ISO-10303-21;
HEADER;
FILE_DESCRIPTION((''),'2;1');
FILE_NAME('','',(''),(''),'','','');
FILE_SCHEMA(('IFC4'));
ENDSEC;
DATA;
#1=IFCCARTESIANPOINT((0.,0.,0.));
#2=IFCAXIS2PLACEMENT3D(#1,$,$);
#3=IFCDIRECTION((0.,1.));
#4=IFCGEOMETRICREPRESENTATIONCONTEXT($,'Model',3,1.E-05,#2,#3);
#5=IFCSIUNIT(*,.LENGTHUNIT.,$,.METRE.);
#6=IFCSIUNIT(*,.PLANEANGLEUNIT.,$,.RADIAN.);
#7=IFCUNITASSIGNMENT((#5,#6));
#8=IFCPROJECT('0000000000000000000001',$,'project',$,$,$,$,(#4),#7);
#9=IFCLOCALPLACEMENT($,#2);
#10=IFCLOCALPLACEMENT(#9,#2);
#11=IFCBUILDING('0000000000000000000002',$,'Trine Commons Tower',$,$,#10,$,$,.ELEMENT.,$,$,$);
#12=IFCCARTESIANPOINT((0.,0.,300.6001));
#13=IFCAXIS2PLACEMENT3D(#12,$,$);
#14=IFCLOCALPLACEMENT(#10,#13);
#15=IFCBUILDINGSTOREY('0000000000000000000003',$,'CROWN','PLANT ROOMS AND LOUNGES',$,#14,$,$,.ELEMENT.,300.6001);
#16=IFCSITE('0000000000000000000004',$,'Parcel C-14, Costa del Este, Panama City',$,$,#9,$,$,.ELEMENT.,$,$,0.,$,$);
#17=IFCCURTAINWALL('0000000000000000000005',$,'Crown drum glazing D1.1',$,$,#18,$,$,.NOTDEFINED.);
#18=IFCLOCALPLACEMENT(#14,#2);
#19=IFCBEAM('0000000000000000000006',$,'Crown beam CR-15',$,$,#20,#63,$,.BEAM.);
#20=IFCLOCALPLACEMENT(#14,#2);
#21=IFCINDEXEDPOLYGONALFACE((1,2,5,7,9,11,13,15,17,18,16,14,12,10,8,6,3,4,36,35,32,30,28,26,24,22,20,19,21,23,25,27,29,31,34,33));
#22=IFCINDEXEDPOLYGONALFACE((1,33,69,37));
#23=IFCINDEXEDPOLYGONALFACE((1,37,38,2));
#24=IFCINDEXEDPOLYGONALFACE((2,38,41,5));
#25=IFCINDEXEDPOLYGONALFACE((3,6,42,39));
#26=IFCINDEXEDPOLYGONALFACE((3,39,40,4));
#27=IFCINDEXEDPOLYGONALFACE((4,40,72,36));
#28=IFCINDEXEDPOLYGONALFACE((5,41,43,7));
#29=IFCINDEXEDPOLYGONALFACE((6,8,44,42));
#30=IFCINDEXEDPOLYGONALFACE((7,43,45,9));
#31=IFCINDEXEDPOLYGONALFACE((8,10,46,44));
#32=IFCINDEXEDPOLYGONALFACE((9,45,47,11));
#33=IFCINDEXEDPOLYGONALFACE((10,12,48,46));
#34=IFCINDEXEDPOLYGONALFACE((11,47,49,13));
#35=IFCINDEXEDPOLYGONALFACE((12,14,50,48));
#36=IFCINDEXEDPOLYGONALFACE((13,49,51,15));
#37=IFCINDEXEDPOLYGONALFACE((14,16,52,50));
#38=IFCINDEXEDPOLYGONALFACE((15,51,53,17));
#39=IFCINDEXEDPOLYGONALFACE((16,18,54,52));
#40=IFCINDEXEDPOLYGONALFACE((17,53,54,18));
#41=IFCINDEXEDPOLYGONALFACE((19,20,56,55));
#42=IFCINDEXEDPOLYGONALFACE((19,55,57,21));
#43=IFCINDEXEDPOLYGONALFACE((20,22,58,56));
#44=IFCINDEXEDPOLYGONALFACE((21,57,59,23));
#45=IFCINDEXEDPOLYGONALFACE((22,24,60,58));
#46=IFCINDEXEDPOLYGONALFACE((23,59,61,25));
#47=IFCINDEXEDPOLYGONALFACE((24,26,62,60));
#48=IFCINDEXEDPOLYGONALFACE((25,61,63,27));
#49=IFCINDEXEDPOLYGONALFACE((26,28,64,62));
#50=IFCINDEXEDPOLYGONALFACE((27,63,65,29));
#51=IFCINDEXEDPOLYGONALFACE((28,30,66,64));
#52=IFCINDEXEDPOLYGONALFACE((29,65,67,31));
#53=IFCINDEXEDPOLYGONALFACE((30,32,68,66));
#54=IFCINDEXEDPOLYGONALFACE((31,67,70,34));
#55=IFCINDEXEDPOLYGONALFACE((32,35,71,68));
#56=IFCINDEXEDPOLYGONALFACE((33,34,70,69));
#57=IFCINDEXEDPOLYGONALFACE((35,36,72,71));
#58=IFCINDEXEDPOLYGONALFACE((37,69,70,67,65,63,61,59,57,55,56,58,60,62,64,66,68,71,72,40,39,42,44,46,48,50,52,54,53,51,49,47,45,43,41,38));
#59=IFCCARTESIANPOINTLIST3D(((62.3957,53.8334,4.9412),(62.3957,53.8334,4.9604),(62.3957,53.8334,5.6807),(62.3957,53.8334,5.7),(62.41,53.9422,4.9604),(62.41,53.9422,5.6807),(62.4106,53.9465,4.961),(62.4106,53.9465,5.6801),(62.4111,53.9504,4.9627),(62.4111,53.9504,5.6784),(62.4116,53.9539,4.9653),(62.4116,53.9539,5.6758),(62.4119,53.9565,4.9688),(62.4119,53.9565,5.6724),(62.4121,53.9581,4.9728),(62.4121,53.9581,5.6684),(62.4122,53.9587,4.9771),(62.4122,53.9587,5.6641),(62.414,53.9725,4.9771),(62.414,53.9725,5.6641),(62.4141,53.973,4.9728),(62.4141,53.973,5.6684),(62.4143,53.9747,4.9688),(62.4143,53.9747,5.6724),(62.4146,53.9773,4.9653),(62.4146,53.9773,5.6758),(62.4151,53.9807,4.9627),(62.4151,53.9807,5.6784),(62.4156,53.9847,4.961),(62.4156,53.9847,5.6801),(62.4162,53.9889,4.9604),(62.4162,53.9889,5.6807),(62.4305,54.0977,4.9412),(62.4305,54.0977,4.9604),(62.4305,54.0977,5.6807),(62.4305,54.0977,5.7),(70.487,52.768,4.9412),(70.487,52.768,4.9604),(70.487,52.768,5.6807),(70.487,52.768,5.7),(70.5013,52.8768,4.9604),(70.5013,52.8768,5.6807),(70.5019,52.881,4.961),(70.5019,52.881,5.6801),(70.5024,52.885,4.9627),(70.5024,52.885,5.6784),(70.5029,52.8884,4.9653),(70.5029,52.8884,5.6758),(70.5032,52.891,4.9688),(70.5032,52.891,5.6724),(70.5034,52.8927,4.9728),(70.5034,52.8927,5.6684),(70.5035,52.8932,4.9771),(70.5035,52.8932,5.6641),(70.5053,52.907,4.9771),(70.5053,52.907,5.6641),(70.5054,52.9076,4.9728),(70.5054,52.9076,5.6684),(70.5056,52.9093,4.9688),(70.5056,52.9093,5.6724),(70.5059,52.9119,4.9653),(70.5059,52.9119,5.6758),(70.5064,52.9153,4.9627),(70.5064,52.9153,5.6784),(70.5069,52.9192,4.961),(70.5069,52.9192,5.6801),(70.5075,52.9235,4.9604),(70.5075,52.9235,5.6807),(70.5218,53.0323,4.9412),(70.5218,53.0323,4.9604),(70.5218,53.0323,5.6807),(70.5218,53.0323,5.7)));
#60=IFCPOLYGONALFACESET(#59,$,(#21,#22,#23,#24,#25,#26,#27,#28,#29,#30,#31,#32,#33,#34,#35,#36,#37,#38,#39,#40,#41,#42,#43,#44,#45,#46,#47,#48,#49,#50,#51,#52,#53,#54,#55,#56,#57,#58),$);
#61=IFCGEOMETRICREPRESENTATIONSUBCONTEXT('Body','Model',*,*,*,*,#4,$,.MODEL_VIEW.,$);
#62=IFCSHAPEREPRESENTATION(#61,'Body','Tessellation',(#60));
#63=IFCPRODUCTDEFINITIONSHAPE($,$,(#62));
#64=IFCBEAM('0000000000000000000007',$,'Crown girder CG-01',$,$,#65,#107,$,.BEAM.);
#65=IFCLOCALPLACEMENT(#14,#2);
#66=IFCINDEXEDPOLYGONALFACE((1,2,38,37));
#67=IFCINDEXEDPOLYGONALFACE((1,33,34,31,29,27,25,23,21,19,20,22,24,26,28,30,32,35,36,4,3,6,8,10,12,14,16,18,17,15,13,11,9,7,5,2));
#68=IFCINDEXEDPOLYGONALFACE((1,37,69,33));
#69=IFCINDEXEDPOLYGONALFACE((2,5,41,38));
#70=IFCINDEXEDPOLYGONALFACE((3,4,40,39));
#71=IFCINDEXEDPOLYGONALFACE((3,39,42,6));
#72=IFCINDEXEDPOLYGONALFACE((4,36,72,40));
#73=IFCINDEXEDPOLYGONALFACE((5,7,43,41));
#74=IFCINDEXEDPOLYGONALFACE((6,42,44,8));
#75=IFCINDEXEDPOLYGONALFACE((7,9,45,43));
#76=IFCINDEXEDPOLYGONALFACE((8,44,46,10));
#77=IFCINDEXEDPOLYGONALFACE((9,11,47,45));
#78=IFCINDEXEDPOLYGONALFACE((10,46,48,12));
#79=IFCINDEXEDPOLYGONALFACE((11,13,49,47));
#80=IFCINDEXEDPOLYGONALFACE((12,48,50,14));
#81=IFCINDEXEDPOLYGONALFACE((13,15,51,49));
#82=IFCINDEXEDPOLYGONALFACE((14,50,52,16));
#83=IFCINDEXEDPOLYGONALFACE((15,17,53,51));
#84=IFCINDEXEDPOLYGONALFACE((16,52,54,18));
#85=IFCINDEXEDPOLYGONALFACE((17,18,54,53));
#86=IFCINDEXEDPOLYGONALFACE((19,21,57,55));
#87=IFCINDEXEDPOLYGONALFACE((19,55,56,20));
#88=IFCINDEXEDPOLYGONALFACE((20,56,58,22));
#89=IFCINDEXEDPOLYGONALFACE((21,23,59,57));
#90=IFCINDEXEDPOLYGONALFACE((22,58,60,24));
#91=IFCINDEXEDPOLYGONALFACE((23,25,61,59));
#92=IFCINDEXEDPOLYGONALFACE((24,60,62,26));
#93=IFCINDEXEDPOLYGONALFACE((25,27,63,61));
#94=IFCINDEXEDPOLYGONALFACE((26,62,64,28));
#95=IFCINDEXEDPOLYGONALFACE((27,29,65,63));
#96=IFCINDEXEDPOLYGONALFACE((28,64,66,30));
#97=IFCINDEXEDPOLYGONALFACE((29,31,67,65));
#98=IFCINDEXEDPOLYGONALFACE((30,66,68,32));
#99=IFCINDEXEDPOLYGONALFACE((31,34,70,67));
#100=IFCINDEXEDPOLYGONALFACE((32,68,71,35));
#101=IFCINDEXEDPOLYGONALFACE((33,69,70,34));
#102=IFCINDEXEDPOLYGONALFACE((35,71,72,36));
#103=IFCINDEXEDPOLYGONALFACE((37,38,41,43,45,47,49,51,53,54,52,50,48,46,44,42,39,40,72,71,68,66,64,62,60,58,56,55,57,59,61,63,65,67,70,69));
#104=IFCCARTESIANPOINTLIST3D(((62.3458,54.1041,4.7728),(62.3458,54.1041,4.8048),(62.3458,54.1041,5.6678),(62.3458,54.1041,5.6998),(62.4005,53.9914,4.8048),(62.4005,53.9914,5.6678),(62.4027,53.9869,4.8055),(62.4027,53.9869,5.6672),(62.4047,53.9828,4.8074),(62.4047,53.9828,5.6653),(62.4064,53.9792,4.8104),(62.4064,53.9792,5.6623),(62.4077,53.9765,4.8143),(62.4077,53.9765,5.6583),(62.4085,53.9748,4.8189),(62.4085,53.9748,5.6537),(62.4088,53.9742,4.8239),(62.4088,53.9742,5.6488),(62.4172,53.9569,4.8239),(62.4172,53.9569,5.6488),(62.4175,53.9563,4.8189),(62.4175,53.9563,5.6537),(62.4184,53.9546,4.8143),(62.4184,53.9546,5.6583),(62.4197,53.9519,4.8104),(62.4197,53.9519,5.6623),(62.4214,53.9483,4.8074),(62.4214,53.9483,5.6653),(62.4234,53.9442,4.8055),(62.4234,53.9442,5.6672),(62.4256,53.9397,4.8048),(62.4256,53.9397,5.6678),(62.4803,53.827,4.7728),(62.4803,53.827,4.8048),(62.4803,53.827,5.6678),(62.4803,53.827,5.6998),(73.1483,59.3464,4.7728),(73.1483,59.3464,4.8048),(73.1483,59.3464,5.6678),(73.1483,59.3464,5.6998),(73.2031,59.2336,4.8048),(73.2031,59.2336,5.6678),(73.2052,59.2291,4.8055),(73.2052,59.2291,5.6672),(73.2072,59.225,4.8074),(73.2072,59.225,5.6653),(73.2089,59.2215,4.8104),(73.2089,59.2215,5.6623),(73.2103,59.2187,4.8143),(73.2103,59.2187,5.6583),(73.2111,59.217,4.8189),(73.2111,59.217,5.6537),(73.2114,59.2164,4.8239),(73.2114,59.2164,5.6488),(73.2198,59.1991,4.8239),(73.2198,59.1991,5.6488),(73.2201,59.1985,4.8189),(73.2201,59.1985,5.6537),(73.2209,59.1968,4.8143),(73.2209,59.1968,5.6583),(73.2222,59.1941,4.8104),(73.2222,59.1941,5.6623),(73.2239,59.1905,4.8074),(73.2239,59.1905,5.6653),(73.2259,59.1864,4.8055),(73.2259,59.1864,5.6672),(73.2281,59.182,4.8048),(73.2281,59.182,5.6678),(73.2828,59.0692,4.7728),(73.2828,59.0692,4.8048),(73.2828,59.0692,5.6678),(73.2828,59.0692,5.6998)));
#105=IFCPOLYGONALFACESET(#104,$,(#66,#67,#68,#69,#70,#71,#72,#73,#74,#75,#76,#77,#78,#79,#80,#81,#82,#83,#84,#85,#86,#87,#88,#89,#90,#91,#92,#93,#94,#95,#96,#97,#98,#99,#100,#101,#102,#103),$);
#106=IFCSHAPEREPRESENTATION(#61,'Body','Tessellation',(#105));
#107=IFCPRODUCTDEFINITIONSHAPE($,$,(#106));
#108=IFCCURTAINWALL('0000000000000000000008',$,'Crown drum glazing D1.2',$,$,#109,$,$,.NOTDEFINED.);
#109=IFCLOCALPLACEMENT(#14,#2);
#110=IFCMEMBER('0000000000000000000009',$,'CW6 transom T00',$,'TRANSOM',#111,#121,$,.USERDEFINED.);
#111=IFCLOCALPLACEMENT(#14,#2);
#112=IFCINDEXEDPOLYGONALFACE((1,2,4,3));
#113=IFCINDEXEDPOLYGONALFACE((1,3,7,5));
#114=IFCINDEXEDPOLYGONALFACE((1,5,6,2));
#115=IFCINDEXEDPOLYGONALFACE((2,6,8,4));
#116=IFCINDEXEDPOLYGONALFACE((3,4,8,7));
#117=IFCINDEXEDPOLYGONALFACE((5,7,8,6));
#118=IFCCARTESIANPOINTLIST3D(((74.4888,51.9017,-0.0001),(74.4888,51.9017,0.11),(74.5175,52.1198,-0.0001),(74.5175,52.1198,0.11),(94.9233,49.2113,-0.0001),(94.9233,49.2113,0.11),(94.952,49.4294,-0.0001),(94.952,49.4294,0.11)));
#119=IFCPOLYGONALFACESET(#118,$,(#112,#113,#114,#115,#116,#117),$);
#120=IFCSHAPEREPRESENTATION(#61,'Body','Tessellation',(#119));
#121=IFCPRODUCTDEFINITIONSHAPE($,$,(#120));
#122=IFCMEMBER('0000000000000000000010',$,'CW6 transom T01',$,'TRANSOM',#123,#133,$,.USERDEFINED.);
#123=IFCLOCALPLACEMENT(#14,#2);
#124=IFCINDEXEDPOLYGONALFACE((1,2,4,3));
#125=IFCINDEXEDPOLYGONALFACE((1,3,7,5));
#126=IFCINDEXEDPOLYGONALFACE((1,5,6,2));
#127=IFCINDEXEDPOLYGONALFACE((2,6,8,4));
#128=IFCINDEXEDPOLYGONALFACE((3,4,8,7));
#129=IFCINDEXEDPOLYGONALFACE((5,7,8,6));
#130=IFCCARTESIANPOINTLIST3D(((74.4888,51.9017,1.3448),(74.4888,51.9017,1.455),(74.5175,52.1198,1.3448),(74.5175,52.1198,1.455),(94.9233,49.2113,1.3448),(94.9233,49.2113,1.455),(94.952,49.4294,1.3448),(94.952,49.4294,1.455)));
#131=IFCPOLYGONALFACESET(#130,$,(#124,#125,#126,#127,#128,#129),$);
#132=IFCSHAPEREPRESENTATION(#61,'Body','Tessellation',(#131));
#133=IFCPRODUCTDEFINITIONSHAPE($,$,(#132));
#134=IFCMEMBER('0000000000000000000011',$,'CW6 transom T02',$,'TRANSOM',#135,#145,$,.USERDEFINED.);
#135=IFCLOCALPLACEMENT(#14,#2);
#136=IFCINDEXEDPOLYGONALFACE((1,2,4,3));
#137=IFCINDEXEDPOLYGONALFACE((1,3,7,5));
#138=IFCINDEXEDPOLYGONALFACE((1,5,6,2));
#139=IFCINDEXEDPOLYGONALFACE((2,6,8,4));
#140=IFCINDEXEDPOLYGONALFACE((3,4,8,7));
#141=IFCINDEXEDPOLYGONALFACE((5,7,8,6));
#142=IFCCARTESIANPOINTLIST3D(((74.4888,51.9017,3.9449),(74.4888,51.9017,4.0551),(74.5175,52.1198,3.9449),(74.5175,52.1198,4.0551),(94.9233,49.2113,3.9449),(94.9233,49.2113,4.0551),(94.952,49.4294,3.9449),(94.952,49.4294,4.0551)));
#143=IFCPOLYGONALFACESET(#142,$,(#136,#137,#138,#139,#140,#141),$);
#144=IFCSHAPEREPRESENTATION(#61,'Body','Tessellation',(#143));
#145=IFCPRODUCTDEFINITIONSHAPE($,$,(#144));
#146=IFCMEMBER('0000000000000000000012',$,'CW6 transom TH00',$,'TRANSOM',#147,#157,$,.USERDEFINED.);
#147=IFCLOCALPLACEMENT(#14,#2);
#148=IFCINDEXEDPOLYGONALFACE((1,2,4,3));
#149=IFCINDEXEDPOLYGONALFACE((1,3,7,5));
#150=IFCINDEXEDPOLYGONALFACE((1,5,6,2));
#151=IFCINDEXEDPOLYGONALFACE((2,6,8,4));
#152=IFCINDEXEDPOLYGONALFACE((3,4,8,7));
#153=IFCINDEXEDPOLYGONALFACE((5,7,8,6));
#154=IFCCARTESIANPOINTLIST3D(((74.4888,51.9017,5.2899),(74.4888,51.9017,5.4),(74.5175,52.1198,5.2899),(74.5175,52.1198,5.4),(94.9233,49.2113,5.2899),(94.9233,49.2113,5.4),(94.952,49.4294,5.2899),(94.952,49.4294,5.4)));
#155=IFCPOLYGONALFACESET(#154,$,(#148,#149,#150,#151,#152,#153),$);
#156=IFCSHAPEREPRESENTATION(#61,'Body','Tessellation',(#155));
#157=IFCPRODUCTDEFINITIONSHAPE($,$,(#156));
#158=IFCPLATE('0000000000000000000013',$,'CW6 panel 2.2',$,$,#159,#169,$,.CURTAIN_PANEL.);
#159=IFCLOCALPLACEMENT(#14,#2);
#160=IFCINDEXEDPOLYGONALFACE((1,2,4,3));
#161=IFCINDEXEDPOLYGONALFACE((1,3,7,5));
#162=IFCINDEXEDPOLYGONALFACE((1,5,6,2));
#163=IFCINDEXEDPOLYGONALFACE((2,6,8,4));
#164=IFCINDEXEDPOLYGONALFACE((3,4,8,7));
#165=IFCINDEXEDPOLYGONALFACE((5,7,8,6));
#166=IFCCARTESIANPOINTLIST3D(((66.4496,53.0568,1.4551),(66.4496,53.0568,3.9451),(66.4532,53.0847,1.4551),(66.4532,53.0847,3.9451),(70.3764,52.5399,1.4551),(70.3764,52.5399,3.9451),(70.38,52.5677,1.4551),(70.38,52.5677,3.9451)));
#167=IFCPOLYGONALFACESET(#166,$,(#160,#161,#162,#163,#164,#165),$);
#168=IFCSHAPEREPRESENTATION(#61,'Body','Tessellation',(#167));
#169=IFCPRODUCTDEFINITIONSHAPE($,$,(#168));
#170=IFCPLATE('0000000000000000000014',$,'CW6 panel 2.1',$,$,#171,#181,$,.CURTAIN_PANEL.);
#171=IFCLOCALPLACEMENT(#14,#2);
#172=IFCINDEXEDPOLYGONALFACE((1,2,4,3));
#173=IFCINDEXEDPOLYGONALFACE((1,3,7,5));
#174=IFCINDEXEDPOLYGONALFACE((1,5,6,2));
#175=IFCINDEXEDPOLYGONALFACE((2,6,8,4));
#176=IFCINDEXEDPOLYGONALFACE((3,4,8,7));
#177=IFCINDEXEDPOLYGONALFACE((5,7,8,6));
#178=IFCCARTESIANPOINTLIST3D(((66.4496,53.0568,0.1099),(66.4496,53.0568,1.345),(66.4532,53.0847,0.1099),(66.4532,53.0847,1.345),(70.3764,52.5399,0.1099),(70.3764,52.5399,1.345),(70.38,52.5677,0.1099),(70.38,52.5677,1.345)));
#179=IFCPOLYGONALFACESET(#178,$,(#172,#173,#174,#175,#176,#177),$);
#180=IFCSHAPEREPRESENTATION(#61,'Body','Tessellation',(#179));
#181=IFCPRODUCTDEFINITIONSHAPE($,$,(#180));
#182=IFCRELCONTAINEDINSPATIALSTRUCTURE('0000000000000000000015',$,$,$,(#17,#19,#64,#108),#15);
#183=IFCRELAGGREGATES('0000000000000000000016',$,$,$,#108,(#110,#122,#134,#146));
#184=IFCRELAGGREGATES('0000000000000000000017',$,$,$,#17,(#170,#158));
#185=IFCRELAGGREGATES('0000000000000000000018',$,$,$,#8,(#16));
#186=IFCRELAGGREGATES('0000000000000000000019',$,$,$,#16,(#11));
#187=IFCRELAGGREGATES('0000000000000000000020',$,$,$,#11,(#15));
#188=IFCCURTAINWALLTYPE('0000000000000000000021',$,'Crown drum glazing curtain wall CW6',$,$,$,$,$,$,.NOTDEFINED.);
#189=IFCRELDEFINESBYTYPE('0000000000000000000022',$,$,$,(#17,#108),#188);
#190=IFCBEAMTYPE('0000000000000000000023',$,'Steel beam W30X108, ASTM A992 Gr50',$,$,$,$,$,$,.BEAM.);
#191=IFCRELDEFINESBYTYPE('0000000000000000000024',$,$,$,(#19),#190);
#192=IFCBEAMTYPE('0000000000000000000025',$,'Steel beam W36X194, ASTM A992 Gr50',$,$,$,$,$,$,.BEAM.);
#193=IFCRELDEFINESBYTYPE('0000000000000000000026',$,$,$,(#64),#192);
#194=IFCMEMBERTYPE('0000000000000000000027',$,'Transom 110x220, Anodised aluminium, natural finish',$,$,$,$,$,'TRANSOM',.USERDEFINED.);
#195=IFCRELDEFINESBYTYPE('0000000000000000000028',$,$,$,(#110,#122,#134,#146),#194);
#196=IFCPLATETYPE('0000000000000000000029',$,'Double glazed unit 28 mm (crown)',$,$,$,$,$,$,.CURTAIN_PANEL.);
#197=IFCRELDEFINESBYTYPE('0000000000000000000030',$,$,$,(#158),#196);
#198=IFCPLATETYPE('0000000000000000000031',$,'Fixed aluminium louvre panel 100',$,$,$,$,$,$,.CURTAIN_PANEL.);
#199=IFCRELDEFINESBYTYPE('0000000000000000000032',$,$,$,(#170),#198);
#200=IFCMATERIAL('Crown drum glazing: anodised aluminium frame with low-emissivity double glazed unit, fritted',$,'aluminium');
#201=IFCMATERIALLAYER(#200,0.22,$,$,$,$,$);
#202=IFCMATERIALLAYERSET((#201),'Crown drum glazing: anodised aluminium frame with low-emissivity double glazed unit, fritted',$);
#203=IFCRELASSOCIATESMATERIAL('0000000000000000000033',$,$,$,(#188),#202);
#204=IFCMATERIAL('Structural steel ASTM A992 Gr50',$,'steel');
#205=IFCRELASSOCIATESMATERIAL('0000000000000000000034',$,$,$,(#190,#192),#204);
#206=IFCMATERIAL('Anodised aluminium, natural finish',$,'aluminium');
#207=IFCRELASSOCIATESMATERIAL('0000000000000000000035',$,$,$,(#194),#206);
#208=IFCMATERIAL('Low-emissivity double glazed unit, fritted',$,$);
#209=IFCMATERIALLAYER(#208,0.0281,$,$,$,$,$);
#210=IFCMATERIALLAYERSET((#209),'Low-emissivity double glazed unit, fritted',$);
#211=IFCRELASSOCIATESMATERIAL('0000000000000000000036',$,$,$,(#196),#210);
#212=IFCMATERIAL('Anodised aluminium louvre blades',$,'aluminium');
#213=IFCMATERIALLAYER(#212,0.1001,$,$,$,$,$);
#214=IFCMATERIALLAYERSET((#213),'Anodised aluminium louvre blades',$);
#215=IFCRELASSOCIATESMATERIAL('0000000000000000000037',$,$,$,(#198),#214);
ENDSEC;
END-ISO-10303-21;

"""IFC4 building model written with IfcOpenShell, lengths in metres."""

from ifc_helpers import new_model, si_unit, direction, frame, origin, origin_2d, place, context, subcontext, project, spatial, rectangle, i_section, extrude, material, layer, layer_set, material_profile, profile_set, type_object, element, aggregate, save


model = new_model("IFC4")

# Units and contexts
model_context = context("Model", 3, precision=1e-05, world=origin(), true_north=direction((0.0, 1.0)))
body_context = subcontext(model_context, "Body", "Model", "MODEL_VIEW")
ifc_project = project(units=[si_unit("LENGTHUNIT", "METRE"), si_unit("PLANEANGLEUNIT", "RADIAN")], contexts=[model_context])

# Site, building, storey
site_placement = place(None, origin())
site = spatial("IfcSite", under=ifc_project, at=site_placement, Name="Parcel C-14, Costa del Este, Panama City", CompositionType="ELEMENT", RefElevation=0.0)
building_placement = place(site_placement, origin())
building = spatial("IfcBuilding", under=site, at=building_placement, Name="Trine Commons Tower", CompositionType="ELEMENT")
storey_placement = place(building_placement, frame((0.0, 0.0, 300.6001)))
storey = spatial("IfcBuildingStorey", under=building, at=storey_placement, Name="CROWN", Description="PLANT ROOMS AND LOUNGES", CompositionType="ELEMENT", Elevation=300.6001)

# Shared definitions
ifc_material_1 = material(Name="Structural steel ASTM A992 Gr50", Category="steel")

# Curtain wall
ifc_material_2 = material(Name="Crown drum glazing: anodised aluminium frame with low-emissivity double glazed unit, fritted", Category="aluminium")
ifc_layer_1 = layer(ifc_material_2, 0.22)
ifc_layer_set_1 = layer_set([ifc_layer_1], Name="Crown drum glazing: anodised aluminium frame with low-emissivity double glazed unit, fritted")
curtain_wall_type = type_object("IfcCurtainWallType", Name="Crown drum glazing curtain wall CW6", PredefinedType="NOTDEFINED", material=ifc_layer_set_1)
curtain_wall_1_placement = place(storey_placement, origin())
curtain_wall_1 = element("IfcCurtainWall", 1, at=curtain_wall_1_placement, inside=storey, type_object=curtain_wall_type, Name="Crown drum glazing D1.1", PredefinedType="NOTDEFINED")
ifc_material_3 = material(Name="Anodised aluminium, natural finish", Category="aluminium")

# Beams
ifc_material_profile_1 = material_profile(ifc_material_1, i_section(OverallWidth=0.2666, OverallDepth=0.7588, WebThickness=0.0139, FlangeThickness=0.0193, FilletRadius=0.0166, at=origin_2d()), Name="W30X108")
ifc_profile_set_1 = profile_set([ifc_material_profile_1], Name="Structural steel ASTM A992 Gr50")
beam_type_1 = type_object("IfcBeamType", Name="Steel beam W30X108, ASTM A992 Gr50", PredefinedType="BEAM", material=ifc_profile_set_1)
beam_1_placement = place(storey_placement, frame((70.5044, 52.9001, 5.3206), z_axis=(-0.991442, 0.130549, 0.0), x_axis=(-0.130549, -0.991442, 0.0)))
element("IfcBeam", 2, at=beam_1_placement, inside=storey, type_object=beam_type_1, Name="Crown beam CR-15", PredefinedType="BEAM", context=body_context, shape_type="SweptSolid", body=[
    extrude(i_section(OverallWidth=0.2666, OverallDepth=0.7588, WebThickness=0.0139, FlangeThickness=0.0193, FilletRadius=0.0166, at=origin_2d()), origin(), (0.0, 0.0, 1.0), 8.1611),
])
ifc_material_profile_2 = material_profile(ifc_material_1, i_section(OverallWidth=0.3081, OverallDepth=0.927, WebThickness=0.0193, FlangeThickness=0.032, FilletRadius=0.019, at=origin_2d()), Name="W36X194")
ifc_profile_set_2 = profile_set([ifc_material_profile_2], Name="Structural steel ASTM A992 Gr50")
beam_type_2 = type_object("IfcBeamType", Name="Steel beam W36X194, ASTM A992 Gr50", PredefinedType="BEAM", material=ifc_profile_set_2)
beam_2_placement = place(storey_placement, frame((73.2156, 59.2078, 5.2363), z_axis=(-0.899663, -0.436585, 0.0), x_axis=(0.436585, -0.899663, 0.0)))
element("IfcBeam", 3, at=beam_2_placement, inside=storey, type_object=beam_type_2, Name="Crown girder CG-01", PredefinedType="BEAM", context=body_context, shape_type="SweptSolid", body=[
    extrude(i_section(OverallWidth=0.3081, OverallDepth=0.927, WebThickness=0.0193, FlangeThickness=0.032, FilletRadius=0.019, at=origin_2d()), origin(), (0.0, 0.0, 1.0), 12.0073),
])

# Curtain wall, members
curtain_wall_2_placement = place(storey_placement, origin())
curtain_wall_2 = element("IfcCurtainWall", 4, at=curtain_wall_2_placement, inside=storey, type_object=curtain_wall_type, Name="Crown drum glazing D1.2", PredefinedType="NOTDEFINED")
ifc_material_profile_3 = material_profile(ifc_material_3, rectangle(XDim=0.22, YDim=0.1101, at=origin_2d()), Name="Transom 110x220")
ifc_profile_set_3 = profile_set([ifc_material_profile_3], Name="Anodised aluminium, natural finish")
member_type_1 = type_object("IfcMemberType", Name="Transom 110x220, Anodised aluminium, natural finish", ElementType="TRANSOM", PredefinedType="USERDEFINED", material=ifc_profile_set_3)
member_1_placement = place(storey_placement, frame((74.5032, 52.0107, 0.0549), z_axis=(0.991444, -0.130534, 0.0), x_axis=(0.130534, 0.991444, 0.0)))
member_1 = element("IfcMember", 5, at=member_1_placement, type_object=member_type_1, Name="CW6 transom T00", ObjectType="TRANSOM", PredefinedType="USERDEFINED", context=body_context, shape_type="SweptSolid", body=[
    extrude(rectangle(XDim=0.22, YDim=0.1101, at=origin_2d()), origin(), (0.0, 0.0, 1.0), 20.6108),
])
member_2_placement = place(storey_placement, frame((74.5032, 52.0107, 1.3999), z_axis=(0.991444, -0.130534, 0.0), x_axis=(0.130534, 0.991444, 0.0)))
member_2 = element("IfcMember", 6, at=member_2_placement, type_object=member_type_1, Name="CW6 transom T01", ObjectType="TRANSOM", PredefinedType="USERDEFINED", context=body_context, shape_type="SweptSolid", body=[
    extrude(rectangle(XDim=0.22, YDim=0.1101, at=origin_2d()), origin(), (0.0, 0.0, 1.0), 20.6108),
])
member_3_placement = place(storey_placement, frame((74.5032, 52.0107, 4.0), z_axis=(0.991444, -0.130534, 0.0), x_axis=(0.130534, 0.991444, 0.0)))
member_3 = element("IfcMember", 7, at=member_3_placement, type_object=member_type_1, Name="CW6 transom T02", ObjectType="TRANSOM", PredefinedType="USERDEFINED", context=body_context, shape_type="SweptSolid", body=[
    extrude(rectangle(XDim=0.22, YDim=0.1101, at=origin_2d()), origin(), (0.0, 0.0, 1.0), 20.6108),
])
member_4_placement = place(storey_placement, frame((74.5032, 52.0107, 5.345), z_axis=(0.991444, -0.130534, 0.0), x_axis=(0.130534, 0.991444, 0.0)))
member_4 = element("IfcMember", 8, at=member_4_placement, type_object=member_type_1, Name="CW6 transom TH00", ObjectType="TRANSOM", PredefinedType="USERDEFINED", context=body_context, shape_type="SweptSolid", body=[
    extrude(rectangle(XDim=0.22, YDim=0.1101, at=origin_2d()), origin(), (0.0, 0.0, 1.0), 20.6108),
])
aggregate(curtain_wall_2, [member_1, member_2, member_3, member_4])

# Plates
ifc_material_4 = material(Name="Low-emissivity double glazed unit, fritted")
ifc_layer_2 = layer(ifc_material_4, 0.0281)
ifc_layer_set_2 = layer_set([ifc_layer_2], Name="Low-emissivity double glazed unit, fritted")
plate_type_1 = type_object("IfcPlateType", Name="Double glazed unit 28 mm (crown)", PredefinedType="CURTAIN_PANEL", material=ifc_layer_set_2)
plate_1_placement = place(storey_placement, frame((68.4148, 52.8123, 1.4551), z_axis=(0.0, 0.0, 1.0), x_axis=(0.991445, -0.130526, 0.0)))
plate_1 = element("IfcPlate", 9, at=plate_1_placement, type_object=plate_type_1, Name="CW6 panel 2.2", PredefinedType="CURTAIN_PANEL", context=body_context, shape_type="SweptSolid", body=[
    extrude(rectangle(XDim=3.9607, YDim=0.0281, at=origin_2d()), origin(), (0.0, 0.0, 1.0), 2.49),
])
ifc_material_5 = material(Name="Anodised aluminium louvre blades", Category="aluminium")
ifc_layer_3 = layer(ifc_material_5, 0.1001)
ifc_layer_set_3 = layer_set([ifc_layer_3], Name="Anodised aluminium louvre blades")
plate_type_2 = type_object("IfcPlateType", Name="Fixed aluminium louvre panel 100", PredefinedType="CURTAIN_PANEL", material=ifc_layer_set_3)
plate_2_placement = place(storey_placement, frame((68.4148, 52.8123, 0.1099), z_axis=(0.0, 0.0, 1.0), x_axis=(0.991445, -0.130526, 0.0)))
plate_2 = element("IfcPlate", 10, at=plate_2_placement, type_object=plate_type_2, Name="CW6 panel 2.1", PredefinedType="CURTAIN_PANEL", context=body_context, shape_type="SweptSolid", body=[
    extrude(rectangle(XDim=3.9607, YDim=0.0281, at=origin_2d()), origin(), (0.0, 0.0, 1.0), 1.2351),
])
aggregate(curtain_wall_1, [plate_2, plate_1])

save(model, "model.ifc")
